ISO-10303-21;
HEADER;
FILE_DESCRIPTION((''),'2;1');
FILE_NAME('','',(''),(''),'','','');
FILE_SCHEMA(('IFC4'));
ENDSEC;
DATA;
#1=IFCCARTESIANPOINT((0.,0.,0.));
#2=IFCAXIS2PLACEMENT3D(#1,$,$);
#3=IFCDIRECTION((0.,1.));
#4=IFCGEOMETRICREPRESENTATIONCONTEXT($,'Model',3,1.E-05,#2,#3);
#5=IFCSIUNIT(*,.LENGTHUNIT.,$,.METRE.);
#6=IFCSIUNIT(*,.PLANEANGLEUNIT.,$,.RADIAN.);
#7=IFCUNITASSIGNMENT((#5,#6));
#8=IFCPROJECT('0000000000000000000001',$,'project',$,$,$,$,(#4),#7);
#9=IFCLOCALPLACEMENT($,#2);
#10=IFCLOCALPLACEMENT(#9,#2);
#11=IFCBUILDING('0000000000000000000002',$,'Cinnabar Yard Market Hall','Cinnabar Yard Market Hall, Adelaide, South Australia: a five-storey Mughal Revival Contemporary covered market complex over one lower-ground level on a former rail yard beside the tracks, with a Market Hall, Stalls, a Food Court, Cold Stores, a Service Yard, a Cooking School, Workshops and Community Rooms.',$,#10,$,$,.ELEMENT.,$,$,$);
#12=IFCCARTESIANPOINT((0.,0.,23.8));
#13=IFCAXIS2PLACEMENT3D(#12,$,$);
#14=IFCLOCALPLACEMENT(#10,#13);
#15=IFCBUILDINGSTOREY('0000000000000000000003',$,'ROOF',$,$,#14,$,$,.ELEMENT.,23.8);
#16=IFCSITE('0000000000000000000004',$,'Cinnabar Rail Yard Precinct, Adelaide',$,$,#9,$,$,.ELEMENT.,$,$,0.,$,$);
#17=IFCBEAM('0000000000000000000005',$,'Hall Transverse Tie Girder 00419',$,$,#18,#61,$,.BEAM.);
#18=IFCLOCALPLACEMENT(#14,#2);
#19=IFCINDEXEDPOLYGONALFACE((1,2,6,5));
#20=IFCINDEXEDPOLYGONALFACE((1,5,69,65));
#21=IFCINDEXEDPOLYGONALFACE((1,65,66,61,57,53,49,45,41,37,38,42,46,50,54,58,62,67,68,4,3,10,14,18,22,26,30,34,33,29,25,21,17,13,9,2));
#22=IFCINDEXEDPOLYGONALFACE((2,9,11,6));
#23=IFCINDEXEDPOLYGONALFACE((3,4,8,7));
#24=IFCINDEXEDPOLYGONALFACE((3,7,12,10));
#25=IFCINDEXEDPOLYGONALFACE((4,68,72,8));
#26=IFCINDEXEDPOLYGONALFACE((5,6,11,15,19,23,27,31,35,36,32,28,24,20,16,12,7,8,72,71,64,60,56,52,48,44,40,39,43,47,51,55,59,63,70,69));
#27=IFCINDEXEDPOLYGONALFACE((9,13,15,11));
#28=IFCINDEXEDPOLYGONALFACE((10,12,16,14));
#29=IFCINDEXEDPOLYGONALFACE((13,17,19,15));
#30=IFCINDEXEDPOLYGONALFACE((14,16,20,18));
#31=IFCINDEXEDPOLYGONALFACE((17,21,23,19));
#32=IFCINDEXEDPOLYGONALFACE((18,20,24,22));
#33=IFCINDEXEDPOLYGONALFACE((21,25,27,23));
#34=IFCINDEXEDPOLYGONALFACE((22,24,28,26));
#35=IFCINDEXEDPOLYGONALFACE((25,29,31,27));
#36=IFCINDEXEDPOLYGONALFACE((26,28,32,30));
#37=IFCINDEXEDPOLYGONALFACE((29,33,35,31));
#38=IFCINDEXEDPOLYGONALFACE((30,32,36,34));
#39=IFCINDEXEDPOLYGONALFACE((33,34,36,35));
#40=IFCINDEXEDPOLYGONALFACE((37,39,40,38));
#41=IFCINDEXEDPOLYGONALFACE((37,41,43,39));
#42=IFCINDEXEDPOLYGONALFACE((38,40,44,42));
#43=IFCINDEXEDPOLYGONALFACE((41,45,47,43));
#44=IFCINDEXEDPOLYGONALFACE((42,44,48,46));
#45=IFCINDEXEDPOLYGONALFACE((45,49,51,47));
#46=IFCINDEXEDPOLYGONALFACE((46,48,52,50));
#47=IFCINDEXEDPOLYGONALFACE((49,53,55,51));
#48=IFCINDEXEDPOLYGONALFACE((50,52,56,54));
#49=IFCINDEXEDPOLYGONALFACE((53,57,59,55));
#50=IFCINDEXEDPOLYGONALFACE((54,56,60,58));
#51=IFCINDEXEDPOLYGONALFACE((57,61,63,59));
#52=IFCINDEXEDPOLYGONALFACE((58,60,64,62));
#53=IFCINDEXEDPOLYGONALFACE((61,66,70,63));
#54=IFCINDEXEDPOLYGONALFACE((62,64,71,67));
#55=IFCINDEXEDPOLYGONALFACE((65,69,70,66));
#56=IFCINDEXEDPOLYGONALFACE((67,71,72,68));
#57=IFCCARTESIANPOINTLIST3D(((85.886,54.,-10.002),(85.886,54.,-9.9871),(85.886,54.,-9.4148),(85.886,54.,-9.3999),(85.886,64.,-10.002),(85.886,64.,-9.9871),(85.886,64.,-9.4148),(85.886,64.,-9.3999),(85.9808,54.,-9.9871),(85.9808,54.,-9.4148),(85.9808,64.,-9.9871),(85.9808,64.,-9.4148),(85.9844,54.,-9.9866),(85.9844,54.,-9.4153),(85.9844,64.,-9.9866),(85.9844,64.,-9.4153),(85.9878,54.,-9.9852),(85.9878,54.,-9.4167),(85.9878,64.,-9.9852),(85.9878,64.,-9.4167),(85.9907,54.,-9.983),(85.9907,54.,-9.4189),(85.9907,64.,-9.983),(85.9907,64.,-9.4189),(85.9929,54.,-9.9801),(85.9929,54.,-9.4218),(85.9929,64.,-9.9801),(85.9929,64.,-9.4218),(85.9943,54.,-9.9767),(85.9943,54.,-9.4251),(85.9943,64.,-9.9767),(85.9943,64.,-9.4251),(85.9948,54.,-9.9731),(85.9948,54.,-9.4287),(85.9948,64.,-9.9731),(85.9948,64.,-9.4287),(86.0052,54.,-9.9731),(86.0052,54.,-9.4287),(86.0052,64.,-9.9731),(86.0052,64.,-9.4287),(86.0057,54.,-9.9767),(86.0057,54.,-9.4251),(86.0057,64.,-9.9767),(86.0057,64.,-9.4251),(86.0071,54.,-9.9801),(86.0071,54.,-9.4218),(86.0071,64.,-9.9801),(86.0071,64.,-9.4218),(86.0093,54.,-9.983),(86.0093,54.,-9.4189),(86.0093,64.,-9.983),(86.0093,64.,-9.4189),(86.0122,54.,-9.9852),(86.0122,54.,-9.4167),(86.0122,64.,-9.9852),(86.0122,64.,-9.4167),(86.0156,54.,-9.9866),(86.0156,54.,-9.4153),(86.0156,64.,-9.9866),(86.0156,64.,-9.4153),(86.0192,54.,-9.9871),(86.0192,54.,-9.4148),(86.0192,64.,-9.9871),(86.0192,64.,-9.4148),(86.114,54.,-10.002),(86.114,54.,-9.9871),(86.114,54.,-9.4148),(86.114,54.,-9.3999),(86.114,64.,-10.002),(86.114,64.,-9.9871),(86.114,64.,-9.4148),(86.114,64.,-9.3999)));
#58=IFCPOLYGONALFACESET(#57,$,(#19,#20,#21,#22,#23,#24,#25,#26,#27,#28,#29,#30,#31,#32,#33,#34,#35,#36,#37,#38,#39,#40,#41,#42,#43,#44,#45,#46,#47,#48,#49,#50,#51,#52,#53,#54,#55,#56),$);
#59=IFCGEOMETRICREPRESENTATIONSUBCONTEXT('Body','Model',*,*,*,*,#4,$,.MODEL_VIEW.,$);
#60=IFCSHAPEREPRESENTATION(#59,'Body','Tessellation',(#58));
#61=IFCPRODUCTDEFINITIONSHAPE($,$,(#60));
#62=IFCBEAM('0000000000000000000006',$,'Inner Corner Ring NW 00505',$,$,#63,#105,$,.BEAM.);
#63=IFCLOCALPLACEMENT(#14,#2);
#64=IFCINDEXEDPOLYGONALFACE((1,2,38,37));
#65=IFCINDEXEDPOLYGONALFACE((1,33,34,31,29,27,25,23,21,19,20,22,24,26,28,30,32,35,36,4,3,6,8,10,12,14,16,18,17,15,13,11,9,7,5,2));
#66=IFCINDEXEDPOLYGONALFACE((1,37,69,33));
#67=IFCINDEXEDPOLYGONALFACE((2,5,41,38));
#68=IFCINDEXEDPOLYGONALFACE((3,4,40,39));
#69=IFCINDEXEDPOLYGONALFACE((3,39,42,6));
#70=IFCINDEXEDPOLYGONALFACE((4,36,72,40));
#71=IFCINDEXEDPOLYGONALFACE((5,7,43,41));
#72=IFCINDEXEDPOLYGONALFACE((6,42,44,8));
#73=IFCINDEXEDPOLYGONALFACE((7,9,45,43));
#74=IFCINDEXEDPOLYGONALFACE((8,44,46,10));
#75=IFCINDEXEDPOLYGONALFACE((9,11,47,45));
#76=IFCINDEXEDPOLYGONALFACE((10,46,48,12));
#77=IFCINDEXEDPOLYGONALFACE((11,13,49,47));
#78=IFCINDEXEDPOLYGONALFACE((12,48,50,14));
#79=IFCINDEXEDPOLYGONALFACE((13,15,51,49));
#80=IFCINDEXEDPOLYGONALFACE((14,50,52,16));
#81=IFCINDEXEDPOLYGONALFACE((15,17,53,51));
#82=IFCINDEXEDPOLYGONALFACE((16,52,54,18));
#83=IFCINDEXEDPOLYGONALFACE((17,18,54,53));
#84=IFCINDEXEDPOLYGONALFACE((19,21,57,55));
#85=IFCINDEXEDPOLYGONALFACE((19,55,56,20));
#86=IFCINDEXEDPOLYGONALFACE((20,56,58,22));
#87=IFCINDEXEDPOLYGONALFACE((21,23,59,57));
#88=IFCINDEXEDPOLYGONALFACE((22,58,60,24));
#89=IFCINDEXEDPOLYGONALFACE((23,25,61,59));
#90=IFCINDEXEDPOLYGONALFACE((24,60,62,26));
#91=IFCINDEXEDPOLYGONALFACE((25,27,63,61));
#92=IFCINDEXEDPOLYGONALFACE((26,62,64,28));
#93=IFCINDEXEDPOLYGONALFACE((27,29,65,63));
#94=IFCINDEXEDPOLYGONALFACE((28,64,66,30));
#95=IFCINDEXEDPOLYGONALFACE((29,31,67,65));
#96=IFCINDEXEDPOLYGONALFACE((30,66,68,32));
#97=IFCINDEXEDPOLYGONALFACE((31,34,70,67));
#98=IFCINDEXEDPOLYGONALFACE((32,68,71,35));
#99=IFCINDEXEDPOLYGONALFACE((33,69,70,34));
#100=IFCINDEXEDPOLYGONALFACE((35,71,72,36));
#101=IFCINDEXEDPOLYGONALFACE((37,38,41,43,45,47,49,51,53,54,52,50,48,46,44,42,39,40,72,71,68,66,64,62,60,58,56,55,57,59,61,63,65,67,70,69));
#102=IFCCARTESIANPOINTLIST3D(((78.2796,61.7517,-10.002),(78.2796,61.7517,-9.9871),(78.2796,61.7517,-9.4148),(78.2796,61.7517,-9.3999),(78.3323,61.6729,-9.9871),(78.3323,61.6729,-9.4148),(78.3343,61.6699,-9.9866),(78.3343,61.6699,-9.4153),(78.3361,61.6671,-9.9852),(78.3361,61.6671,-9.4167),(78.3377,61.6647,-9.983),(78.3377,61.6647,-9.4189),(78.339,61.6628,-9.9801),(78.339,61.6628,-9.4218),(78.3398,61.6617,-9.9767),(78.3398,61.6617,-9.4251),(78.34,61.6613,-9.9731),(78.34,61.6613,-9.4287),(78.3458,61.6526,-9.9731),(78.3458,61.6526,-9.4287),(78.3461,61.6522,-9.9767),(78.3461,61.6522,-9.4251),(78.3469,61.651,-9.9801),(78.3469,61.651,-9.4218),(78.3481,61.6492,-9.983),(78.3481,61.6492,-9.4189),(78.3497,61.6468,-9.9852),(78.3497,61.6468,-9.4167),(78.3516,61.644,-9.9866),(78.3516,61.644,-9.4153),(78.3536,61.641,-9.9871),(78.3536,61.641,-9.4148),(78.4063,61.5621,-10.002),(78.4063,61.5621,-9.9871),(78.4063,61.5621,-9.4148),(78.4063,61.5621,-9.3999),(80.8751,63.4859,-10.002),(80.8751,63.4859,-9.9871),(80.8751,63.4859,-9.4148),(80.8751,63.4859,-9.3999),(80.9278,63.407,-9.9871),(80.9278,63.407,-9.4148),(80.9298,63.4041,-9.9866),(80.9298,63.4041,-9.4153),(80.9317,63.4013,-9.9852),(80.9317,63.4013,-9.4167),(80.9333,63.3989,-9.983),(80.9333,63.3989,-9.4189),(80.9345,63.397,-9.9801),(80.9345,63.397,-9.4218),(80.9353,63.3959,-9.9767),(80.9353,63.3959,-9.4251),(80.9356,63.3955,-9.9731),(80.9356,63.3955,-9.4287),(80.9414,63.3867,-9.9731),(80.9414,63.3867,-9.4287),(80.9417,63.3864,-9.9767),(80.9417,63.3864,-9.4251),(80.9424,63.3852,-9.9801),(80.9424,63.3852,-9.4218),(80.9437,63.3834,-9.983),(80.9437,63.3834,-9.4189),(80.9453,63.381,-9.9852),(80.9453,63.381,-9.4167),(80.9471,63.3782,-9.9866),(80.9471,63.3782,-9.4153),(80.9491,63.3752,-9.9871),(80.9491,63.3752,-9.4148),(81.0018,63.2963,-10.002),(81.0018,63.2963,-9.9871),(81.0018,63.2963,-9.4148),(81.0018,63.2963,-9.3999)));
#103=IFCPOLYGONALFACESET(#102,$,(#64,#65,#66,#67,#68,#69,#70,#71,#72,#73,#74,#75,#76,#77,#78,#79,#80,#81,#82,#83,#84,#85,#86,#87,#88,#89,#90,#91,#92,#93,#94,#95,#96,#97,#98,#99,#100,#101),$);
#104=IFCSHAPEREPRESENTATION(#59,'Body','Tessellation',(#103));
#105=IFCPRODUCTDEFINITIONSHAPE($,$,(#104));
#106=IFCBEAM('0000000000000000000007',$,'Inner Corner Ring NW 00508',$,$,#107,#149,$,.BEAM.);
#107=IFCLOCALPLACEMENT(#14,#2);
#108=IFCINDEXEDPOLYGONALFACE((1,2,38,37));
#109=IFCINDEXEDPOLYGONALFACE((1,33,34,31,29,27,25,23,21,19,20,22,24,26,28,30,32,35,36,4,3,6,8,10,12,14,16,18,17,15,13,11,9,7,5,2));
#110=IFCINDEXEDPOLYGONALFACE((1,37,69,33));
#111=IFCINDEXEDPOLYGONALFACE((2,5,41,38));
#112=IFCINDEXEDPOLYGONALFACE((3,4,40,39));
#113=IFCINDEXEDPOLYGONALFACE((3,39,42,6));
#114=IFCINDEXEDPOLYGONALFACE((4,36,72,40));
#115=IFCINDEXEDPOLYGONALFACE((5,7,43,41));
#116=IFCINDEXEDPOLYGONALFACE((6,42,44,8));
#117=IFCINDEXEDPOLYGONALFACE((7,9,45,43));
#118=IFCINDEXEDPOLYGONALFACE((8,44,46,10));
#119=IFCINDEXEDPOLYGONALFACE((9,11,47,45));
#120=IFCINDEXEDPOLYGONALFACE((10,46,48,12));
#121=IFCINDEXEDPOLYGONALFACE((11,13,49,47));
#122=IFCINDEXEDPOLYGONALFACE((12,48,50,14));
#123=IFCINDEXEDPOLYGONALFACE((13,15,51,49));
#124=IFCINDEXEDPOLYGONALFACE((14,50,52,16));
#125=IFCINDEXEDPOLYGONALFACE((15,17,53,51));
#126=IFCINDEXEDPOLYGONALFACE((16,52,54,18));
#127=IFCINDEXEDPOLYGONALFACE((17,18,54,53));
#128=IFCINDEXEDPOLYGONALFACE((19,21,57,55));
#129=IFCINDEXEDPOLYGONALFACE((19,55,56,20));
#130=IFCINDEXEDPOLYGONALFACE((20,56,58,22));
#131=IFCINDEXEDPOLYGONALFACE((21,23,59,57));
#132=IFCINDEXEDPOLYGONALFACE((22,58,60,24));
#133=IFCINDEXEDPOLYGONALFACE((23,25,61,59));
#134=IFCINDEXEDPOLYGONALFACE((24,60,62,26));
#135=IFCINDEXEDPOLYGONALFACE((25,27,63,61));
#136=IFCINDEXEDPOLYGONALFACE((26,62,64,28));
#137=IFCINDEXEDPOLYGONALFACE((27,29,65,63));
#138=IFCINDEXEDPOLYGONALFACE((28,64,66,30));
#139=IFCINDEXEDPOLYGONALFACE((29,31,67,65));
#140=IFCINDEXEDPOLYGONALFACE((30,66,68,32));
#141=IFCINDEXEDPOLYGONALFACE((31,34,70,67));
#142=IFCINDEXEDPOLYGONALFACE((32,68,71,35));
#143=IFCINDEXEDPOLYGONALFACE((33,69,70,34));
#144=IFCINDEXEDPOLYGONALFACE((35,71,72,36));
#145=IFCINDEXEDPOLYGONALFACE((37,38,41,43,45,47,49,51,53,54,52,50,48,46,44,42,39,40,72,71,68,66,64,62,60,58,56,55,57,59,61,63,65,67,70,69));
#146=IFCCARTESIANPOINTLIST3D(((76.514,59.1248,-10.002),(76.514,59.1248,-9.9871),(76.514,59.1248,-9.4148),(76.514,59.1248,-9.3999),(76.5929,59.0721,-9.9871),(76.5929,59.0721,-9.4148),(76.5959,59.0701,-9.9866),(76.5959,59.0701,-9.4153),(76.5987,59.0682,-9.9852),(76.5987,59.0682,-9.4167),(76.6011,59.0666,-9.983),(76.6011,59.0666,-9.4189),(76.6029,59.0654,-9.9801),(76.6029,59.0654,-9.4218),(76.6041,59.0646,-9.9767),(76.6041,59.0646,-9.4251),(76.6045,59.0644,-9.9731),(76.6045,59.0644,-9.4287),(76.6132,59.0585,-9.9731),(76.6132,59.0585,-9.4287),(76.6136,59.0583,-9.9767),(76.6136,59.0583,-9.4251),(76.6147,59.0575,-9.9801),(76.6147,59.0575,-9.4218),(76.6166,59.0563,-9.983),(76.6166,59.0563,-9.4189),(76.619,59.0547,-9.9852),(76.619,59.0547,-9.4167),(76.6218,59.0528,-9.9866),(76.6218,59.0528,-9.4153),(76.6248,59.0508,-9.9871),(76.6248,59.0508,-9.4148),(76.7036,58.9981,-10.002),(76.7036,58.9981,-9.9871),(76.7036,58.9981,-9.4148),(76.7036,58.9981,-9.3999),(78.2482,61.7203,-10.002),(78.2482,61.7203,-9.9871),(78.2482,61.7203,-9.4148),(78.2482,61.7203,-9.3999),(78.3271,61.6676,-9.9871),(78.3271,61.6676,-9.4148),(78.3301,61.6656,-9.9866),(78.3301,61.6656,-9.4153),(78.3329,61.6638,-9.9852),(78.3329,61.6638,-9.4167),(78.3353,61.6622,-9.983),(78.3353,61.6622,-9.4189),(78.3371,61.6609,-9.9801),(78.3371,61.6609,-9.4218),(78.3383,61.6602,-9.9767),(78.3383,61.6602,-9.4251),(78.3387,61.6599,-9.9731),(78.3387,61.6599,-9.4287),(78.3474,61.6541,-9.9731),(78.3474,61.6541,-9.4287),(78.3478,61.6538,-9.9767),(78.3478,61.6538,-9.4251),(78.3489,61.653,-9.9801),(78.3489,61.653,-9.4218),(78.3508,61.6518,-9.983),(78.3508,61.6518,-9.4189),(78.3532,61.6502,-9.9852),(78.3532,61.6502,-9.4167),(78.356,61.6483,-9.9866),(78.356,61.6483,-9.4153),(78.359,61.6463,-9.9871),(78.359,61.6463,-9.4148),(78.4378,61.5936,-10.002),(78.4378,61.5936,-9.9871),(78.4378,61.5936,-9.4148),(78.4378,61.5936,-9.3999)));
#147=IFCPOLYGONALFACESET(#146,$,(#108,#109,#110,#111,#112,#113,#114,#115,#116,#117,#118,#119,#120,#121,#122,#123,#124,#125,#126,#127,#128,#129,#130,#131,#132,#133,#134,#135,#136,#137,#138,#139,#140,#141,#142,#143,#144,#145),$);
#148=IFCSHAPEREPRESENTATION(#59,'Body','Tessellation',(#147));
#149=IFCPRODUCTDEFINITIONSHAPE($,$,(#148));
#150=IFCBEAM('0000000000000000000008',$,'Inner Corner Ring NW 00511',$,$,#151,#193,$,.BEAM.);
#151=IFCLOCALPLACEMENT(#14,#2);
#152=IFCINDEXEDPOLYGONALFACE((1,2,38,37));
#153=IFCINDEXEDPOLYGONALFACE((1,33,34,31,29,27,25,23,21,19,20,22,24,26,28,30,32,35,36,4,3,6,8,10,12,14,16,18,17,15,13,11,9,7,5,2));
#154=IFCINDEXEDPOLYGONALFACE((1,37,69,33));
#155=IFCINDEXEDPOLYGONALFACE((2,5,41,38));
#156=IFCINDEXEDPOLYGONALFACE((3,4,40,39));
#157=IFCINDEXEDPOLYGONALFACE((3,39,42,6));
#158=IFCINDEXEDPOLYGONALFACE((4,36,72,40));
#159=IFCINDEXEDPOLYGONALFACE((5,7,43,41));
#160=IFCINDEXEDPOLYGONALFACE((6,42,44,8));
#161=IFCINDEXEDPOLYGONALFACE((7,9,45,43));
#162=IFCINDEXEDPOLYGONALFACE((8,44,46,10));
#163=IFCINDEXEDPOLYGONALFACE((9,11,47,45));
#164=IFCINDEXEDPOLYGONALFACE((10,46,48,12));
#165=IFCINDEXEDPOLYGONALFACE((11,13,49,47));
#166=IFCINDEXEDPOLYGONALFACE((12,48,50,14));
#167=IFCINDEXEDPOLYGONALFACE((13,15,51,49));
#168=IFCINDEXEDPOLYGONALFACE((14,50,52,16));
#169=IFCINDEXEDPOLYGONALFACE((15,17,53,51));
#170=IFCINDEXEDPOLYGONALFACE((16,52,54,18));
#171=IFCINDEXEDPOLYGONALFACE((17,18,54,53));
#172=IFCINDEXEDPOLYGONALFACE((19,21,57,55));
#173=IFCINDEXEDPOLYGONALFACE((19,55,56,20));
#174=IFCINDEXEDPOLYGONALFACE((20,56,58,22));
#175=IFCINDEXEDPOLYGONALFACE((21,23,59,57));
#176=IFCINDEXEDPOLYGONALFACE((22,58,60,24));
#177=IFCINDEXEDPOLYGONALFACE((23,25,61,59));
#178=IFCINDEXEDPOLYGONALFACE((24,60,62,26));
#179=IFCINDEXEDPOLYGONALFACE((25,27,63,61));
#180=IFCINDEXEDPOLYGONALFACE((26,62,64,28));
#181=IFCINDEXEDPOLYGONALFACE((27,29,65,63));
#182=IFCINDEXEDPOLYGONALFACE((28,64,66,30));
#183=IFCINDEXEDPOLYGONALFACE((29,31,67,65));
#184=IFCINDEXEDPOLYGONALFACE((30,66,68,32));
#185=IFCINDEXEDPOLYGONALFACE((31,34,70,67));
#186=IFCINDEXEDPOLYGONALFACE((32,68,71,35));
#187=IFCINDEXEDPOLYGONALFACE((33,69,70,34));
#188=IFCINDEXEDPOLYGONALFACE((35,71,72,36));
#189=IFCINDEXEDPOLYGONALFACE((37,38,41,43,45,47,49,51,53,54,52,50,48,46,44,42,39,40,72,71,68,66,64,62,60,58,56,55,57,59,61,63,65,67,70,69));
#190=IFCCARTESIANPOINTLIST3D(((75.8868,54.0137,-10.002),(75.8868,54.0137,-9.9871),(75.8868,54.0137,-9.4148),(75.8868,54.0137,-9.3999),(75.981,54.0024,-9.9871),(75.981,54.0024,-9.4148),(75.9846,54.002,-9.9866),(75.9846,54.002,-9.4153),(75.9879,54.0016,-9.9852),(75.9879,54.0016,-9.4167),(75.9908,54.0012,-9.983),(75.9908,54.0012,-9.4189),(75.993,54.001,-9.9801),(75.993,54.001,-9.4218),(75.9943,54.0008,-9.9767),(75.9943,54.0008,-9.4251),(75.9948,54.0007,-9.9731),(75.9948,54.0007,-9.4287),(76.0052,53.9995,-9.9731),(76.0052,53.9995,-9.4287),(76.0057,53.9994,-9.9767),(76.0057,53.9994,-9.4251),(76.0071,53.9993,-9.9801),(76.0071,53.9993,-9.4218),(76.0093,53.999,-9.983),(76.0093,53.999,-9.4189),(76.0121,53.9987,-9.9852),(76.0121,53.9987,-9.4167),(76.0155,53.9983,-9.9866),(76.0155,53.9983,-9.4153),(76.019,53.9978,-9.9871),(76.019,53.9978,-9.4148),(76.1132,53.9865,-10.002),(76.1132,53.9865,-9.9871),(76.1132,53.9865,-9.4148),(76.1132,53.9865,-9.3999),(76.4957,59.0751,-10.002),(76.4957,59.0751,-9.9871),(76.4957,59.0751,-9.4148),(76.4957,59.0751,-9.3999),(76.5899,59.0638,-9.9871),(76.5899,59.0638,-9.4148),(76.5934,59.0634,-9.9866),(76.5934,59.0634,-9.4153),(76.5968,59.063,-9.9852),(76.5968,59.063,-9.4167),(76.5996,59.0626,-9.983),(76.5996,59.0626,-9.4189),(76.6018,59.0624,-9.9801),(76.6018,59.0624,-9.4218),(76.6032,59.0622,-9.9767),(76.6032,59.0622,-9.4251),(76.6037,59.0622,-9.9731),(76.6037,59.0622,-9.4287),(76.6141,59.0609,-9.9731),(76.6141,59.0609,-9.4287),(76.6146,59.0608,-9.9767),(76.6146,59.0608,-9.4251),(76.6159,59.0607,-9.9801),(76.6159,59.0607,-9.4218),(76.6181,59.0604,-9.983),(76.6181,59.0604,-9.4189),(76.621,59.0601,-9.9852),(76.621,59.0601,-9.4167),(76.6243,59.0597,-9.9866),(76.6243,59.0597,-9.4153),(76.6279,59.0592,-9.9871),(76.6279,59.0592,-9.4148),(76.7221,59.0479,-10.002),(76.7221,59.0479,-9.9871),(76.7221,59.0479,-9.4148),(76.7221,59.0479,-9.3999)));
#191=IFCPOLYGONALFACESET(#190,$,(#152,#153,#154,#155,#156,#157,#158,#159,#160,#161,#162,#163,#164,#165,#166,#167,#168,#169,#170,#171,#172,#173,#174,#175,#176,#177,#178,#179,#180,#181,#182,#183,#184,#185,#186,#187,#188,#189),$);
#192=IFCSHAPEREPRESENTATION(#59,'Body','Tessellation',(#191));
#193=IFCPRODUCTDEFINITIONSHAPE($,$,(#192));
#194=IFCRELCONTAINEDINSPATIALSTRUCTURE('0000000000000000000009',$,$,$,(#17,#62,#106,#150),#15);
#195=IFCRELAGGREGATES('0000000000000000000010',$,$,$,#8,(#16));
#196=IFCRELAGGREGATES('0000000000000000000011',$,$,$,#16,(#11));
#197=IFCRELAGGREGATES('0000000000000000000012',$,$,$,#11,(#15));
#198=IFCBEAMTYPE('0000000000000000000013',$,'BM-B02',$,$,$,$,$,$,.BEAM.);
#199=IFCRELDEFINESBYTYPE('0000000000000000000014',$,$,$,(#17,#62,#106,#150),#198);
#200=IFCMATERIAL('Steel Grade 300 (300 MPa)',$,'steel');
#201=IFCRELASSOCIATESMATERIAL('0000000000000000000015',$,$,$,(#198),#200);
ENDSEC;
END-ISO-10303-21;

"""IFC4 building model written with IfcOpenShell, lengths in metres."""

from ifc_helpers import new_model, si_unit, direction, frame, origin, origin_2d_with_axis, place, context, subcontext, project, spatial, i_section, extrude, material, material_profile, profile_set, type_object, element, save


model = new_model("IFC4")

# Units and contexts
model_context = context("Model", 3, precision=1e-05, world=origin(), true_north=direction((0.0, 1.0)))
body_context = subcontext(model_context, "Body", "Model", "MODEL_VIEW")
ifc_project = project(units=[si_unit("LENGTHUNIT", "METRE"), si_unit("PLANEANGLEUNIT", "RADIAN")], contexts=[model_context])

# Site, building, storey
site_placement = place(None, origin())
site = spatial("IfcSite", under=ifc_project, at=site_placement, Name="Cinnabar Rail Yard Precinct, Adelaide", CompositionType="ELEMENT", RefElevation=0.0)
building_placement = place(site_placement, origin())
building = spatial("IfcBuilding", under=site, at=building_placement, Name="Cinnabar Yard Market Hall", Description="Cinnabar Yard Market Hall, Adelaide, South Australia: a five-storey Mughal Revival Contemporary covered market complex over one lower-ground level on a former rail yard beside the tracks, with a Market Hall, Stalls, a Food Court, Cold Stores, a Service Yard, a Cooking School, Workshops and Community Rooms.", CompositionType="ELEMENT")
storey_placement = place(building_placement, frame((0.0, 0.0, 23.8)))
storey = spatial("IfcBuildingStorey", under=building, at=storey_placement, Name="ROOF", CompositionType="ELEMENT", Elevation=23.8)

# Beams
ifc_material_1 = material(Name="Steel Grade 300 (300 MPa)", Category="steel")
ifc_material_profile_1 = material_profile(ifc_material_1, i_section(OverallWidth=0.228, OverallDepth=0.6021, WebThickness=0.0105, FlangeThickness=0.0149, FilletRadius=0.0139, at=origin_2d_with_axis()), Name="610UB101")
ifc_profile_set_1 = profile_set([ifc_material_profile_1], Name="Steel Grade 300 (300 MPa)")
beam_type_1 = type_object("IfcBeamType", Name="BM-B02", PredefinedType="BEAM", material=ifc_profile_set_1)
for number, where, z_axis, x_axis, name in (
    (1, (86.0, 54.0, -9.7009), (0.0, 1.0, 0.0), (-1.0, 0.0, 0.0), "Hall Transverse Tie Girder 00419"),
):
    element("IfcBeam", number, at=place(storey_placement, frame(where, z_axis=z_axis, x_axis=x_axis)), inside=storey, type_object=beam_type_1, Name=name, PredefinedType="BEAM", context=body_context, shape_type="SweptSolid", body=[
        extrude(i_section(OverallWidth=0.228, OverallDepth=0.6021, WebThickness=0.0105, FlangeThickness=0.0149, FilletRadius=0.0139, at=origin_2d_with_axis()), origin(), (0.0, 0.0, 1.0), 10.0),
    ])
for number, where, z_axis, x_axis, name in (
    (2, (80.9385, 63.3911, -9.7009), (-0.831484, -0.555548, 0.0), (0.555548, -0.831484, 0.0), "Inner Corner Ring NW 00505"),
    (3, (78.343, 61.657, -9.7009), (-0.555548, -0.831484, 0.0), (0.831484, -0.555548, 0.0), "Inner Corner Ring NW 00508"),
):
    element("IfcBeam", number, at=place(storey_placement, frame(where, z_axis=z_axis, x_axis=x_axis)), inside=storey, type_object=beam_type_1, Name=name, PredefinedType="BEAM", context=body_context, shape_type="SweptSolid", body=[
        extrude(i_section(OverallWidth=0.228, OverallDepth=0.6021, WebThickness=0.0105, FlangeThickness=0.0149, FilletRadius=0.0139, at=origin_2d_with_axis()), origin(), (0.0, 0.0, 1.0), 3.1216),
    ])
beam_1_placement = place(storey_placement, frame((76.6089, 59.0615, -9.7009), z_axis=(-0.119436, -0.992842, 0.0), x_axis=(0.992842, -0.119436, 0.0)))
element("IfcBeam", 4, at=beam_1_placement, inside=storey, type_object=beam_type_1, Name="Inner Corner Ring NW 00511", PredefinedType="BEAM", context=body_context, shape_type="SweptSolid", body=[
    extrude(i_section(OverallWidth=0.228, OverallDepth=0.6021, WebThickness=0.0105, FlangeThickness=0.0149, FilletRadius=0.0139, at=origin_2d_with_axis()), origin(), (0.0, 0.0, 1.0), 5.0979),
])

save(model, "model.ifc")
